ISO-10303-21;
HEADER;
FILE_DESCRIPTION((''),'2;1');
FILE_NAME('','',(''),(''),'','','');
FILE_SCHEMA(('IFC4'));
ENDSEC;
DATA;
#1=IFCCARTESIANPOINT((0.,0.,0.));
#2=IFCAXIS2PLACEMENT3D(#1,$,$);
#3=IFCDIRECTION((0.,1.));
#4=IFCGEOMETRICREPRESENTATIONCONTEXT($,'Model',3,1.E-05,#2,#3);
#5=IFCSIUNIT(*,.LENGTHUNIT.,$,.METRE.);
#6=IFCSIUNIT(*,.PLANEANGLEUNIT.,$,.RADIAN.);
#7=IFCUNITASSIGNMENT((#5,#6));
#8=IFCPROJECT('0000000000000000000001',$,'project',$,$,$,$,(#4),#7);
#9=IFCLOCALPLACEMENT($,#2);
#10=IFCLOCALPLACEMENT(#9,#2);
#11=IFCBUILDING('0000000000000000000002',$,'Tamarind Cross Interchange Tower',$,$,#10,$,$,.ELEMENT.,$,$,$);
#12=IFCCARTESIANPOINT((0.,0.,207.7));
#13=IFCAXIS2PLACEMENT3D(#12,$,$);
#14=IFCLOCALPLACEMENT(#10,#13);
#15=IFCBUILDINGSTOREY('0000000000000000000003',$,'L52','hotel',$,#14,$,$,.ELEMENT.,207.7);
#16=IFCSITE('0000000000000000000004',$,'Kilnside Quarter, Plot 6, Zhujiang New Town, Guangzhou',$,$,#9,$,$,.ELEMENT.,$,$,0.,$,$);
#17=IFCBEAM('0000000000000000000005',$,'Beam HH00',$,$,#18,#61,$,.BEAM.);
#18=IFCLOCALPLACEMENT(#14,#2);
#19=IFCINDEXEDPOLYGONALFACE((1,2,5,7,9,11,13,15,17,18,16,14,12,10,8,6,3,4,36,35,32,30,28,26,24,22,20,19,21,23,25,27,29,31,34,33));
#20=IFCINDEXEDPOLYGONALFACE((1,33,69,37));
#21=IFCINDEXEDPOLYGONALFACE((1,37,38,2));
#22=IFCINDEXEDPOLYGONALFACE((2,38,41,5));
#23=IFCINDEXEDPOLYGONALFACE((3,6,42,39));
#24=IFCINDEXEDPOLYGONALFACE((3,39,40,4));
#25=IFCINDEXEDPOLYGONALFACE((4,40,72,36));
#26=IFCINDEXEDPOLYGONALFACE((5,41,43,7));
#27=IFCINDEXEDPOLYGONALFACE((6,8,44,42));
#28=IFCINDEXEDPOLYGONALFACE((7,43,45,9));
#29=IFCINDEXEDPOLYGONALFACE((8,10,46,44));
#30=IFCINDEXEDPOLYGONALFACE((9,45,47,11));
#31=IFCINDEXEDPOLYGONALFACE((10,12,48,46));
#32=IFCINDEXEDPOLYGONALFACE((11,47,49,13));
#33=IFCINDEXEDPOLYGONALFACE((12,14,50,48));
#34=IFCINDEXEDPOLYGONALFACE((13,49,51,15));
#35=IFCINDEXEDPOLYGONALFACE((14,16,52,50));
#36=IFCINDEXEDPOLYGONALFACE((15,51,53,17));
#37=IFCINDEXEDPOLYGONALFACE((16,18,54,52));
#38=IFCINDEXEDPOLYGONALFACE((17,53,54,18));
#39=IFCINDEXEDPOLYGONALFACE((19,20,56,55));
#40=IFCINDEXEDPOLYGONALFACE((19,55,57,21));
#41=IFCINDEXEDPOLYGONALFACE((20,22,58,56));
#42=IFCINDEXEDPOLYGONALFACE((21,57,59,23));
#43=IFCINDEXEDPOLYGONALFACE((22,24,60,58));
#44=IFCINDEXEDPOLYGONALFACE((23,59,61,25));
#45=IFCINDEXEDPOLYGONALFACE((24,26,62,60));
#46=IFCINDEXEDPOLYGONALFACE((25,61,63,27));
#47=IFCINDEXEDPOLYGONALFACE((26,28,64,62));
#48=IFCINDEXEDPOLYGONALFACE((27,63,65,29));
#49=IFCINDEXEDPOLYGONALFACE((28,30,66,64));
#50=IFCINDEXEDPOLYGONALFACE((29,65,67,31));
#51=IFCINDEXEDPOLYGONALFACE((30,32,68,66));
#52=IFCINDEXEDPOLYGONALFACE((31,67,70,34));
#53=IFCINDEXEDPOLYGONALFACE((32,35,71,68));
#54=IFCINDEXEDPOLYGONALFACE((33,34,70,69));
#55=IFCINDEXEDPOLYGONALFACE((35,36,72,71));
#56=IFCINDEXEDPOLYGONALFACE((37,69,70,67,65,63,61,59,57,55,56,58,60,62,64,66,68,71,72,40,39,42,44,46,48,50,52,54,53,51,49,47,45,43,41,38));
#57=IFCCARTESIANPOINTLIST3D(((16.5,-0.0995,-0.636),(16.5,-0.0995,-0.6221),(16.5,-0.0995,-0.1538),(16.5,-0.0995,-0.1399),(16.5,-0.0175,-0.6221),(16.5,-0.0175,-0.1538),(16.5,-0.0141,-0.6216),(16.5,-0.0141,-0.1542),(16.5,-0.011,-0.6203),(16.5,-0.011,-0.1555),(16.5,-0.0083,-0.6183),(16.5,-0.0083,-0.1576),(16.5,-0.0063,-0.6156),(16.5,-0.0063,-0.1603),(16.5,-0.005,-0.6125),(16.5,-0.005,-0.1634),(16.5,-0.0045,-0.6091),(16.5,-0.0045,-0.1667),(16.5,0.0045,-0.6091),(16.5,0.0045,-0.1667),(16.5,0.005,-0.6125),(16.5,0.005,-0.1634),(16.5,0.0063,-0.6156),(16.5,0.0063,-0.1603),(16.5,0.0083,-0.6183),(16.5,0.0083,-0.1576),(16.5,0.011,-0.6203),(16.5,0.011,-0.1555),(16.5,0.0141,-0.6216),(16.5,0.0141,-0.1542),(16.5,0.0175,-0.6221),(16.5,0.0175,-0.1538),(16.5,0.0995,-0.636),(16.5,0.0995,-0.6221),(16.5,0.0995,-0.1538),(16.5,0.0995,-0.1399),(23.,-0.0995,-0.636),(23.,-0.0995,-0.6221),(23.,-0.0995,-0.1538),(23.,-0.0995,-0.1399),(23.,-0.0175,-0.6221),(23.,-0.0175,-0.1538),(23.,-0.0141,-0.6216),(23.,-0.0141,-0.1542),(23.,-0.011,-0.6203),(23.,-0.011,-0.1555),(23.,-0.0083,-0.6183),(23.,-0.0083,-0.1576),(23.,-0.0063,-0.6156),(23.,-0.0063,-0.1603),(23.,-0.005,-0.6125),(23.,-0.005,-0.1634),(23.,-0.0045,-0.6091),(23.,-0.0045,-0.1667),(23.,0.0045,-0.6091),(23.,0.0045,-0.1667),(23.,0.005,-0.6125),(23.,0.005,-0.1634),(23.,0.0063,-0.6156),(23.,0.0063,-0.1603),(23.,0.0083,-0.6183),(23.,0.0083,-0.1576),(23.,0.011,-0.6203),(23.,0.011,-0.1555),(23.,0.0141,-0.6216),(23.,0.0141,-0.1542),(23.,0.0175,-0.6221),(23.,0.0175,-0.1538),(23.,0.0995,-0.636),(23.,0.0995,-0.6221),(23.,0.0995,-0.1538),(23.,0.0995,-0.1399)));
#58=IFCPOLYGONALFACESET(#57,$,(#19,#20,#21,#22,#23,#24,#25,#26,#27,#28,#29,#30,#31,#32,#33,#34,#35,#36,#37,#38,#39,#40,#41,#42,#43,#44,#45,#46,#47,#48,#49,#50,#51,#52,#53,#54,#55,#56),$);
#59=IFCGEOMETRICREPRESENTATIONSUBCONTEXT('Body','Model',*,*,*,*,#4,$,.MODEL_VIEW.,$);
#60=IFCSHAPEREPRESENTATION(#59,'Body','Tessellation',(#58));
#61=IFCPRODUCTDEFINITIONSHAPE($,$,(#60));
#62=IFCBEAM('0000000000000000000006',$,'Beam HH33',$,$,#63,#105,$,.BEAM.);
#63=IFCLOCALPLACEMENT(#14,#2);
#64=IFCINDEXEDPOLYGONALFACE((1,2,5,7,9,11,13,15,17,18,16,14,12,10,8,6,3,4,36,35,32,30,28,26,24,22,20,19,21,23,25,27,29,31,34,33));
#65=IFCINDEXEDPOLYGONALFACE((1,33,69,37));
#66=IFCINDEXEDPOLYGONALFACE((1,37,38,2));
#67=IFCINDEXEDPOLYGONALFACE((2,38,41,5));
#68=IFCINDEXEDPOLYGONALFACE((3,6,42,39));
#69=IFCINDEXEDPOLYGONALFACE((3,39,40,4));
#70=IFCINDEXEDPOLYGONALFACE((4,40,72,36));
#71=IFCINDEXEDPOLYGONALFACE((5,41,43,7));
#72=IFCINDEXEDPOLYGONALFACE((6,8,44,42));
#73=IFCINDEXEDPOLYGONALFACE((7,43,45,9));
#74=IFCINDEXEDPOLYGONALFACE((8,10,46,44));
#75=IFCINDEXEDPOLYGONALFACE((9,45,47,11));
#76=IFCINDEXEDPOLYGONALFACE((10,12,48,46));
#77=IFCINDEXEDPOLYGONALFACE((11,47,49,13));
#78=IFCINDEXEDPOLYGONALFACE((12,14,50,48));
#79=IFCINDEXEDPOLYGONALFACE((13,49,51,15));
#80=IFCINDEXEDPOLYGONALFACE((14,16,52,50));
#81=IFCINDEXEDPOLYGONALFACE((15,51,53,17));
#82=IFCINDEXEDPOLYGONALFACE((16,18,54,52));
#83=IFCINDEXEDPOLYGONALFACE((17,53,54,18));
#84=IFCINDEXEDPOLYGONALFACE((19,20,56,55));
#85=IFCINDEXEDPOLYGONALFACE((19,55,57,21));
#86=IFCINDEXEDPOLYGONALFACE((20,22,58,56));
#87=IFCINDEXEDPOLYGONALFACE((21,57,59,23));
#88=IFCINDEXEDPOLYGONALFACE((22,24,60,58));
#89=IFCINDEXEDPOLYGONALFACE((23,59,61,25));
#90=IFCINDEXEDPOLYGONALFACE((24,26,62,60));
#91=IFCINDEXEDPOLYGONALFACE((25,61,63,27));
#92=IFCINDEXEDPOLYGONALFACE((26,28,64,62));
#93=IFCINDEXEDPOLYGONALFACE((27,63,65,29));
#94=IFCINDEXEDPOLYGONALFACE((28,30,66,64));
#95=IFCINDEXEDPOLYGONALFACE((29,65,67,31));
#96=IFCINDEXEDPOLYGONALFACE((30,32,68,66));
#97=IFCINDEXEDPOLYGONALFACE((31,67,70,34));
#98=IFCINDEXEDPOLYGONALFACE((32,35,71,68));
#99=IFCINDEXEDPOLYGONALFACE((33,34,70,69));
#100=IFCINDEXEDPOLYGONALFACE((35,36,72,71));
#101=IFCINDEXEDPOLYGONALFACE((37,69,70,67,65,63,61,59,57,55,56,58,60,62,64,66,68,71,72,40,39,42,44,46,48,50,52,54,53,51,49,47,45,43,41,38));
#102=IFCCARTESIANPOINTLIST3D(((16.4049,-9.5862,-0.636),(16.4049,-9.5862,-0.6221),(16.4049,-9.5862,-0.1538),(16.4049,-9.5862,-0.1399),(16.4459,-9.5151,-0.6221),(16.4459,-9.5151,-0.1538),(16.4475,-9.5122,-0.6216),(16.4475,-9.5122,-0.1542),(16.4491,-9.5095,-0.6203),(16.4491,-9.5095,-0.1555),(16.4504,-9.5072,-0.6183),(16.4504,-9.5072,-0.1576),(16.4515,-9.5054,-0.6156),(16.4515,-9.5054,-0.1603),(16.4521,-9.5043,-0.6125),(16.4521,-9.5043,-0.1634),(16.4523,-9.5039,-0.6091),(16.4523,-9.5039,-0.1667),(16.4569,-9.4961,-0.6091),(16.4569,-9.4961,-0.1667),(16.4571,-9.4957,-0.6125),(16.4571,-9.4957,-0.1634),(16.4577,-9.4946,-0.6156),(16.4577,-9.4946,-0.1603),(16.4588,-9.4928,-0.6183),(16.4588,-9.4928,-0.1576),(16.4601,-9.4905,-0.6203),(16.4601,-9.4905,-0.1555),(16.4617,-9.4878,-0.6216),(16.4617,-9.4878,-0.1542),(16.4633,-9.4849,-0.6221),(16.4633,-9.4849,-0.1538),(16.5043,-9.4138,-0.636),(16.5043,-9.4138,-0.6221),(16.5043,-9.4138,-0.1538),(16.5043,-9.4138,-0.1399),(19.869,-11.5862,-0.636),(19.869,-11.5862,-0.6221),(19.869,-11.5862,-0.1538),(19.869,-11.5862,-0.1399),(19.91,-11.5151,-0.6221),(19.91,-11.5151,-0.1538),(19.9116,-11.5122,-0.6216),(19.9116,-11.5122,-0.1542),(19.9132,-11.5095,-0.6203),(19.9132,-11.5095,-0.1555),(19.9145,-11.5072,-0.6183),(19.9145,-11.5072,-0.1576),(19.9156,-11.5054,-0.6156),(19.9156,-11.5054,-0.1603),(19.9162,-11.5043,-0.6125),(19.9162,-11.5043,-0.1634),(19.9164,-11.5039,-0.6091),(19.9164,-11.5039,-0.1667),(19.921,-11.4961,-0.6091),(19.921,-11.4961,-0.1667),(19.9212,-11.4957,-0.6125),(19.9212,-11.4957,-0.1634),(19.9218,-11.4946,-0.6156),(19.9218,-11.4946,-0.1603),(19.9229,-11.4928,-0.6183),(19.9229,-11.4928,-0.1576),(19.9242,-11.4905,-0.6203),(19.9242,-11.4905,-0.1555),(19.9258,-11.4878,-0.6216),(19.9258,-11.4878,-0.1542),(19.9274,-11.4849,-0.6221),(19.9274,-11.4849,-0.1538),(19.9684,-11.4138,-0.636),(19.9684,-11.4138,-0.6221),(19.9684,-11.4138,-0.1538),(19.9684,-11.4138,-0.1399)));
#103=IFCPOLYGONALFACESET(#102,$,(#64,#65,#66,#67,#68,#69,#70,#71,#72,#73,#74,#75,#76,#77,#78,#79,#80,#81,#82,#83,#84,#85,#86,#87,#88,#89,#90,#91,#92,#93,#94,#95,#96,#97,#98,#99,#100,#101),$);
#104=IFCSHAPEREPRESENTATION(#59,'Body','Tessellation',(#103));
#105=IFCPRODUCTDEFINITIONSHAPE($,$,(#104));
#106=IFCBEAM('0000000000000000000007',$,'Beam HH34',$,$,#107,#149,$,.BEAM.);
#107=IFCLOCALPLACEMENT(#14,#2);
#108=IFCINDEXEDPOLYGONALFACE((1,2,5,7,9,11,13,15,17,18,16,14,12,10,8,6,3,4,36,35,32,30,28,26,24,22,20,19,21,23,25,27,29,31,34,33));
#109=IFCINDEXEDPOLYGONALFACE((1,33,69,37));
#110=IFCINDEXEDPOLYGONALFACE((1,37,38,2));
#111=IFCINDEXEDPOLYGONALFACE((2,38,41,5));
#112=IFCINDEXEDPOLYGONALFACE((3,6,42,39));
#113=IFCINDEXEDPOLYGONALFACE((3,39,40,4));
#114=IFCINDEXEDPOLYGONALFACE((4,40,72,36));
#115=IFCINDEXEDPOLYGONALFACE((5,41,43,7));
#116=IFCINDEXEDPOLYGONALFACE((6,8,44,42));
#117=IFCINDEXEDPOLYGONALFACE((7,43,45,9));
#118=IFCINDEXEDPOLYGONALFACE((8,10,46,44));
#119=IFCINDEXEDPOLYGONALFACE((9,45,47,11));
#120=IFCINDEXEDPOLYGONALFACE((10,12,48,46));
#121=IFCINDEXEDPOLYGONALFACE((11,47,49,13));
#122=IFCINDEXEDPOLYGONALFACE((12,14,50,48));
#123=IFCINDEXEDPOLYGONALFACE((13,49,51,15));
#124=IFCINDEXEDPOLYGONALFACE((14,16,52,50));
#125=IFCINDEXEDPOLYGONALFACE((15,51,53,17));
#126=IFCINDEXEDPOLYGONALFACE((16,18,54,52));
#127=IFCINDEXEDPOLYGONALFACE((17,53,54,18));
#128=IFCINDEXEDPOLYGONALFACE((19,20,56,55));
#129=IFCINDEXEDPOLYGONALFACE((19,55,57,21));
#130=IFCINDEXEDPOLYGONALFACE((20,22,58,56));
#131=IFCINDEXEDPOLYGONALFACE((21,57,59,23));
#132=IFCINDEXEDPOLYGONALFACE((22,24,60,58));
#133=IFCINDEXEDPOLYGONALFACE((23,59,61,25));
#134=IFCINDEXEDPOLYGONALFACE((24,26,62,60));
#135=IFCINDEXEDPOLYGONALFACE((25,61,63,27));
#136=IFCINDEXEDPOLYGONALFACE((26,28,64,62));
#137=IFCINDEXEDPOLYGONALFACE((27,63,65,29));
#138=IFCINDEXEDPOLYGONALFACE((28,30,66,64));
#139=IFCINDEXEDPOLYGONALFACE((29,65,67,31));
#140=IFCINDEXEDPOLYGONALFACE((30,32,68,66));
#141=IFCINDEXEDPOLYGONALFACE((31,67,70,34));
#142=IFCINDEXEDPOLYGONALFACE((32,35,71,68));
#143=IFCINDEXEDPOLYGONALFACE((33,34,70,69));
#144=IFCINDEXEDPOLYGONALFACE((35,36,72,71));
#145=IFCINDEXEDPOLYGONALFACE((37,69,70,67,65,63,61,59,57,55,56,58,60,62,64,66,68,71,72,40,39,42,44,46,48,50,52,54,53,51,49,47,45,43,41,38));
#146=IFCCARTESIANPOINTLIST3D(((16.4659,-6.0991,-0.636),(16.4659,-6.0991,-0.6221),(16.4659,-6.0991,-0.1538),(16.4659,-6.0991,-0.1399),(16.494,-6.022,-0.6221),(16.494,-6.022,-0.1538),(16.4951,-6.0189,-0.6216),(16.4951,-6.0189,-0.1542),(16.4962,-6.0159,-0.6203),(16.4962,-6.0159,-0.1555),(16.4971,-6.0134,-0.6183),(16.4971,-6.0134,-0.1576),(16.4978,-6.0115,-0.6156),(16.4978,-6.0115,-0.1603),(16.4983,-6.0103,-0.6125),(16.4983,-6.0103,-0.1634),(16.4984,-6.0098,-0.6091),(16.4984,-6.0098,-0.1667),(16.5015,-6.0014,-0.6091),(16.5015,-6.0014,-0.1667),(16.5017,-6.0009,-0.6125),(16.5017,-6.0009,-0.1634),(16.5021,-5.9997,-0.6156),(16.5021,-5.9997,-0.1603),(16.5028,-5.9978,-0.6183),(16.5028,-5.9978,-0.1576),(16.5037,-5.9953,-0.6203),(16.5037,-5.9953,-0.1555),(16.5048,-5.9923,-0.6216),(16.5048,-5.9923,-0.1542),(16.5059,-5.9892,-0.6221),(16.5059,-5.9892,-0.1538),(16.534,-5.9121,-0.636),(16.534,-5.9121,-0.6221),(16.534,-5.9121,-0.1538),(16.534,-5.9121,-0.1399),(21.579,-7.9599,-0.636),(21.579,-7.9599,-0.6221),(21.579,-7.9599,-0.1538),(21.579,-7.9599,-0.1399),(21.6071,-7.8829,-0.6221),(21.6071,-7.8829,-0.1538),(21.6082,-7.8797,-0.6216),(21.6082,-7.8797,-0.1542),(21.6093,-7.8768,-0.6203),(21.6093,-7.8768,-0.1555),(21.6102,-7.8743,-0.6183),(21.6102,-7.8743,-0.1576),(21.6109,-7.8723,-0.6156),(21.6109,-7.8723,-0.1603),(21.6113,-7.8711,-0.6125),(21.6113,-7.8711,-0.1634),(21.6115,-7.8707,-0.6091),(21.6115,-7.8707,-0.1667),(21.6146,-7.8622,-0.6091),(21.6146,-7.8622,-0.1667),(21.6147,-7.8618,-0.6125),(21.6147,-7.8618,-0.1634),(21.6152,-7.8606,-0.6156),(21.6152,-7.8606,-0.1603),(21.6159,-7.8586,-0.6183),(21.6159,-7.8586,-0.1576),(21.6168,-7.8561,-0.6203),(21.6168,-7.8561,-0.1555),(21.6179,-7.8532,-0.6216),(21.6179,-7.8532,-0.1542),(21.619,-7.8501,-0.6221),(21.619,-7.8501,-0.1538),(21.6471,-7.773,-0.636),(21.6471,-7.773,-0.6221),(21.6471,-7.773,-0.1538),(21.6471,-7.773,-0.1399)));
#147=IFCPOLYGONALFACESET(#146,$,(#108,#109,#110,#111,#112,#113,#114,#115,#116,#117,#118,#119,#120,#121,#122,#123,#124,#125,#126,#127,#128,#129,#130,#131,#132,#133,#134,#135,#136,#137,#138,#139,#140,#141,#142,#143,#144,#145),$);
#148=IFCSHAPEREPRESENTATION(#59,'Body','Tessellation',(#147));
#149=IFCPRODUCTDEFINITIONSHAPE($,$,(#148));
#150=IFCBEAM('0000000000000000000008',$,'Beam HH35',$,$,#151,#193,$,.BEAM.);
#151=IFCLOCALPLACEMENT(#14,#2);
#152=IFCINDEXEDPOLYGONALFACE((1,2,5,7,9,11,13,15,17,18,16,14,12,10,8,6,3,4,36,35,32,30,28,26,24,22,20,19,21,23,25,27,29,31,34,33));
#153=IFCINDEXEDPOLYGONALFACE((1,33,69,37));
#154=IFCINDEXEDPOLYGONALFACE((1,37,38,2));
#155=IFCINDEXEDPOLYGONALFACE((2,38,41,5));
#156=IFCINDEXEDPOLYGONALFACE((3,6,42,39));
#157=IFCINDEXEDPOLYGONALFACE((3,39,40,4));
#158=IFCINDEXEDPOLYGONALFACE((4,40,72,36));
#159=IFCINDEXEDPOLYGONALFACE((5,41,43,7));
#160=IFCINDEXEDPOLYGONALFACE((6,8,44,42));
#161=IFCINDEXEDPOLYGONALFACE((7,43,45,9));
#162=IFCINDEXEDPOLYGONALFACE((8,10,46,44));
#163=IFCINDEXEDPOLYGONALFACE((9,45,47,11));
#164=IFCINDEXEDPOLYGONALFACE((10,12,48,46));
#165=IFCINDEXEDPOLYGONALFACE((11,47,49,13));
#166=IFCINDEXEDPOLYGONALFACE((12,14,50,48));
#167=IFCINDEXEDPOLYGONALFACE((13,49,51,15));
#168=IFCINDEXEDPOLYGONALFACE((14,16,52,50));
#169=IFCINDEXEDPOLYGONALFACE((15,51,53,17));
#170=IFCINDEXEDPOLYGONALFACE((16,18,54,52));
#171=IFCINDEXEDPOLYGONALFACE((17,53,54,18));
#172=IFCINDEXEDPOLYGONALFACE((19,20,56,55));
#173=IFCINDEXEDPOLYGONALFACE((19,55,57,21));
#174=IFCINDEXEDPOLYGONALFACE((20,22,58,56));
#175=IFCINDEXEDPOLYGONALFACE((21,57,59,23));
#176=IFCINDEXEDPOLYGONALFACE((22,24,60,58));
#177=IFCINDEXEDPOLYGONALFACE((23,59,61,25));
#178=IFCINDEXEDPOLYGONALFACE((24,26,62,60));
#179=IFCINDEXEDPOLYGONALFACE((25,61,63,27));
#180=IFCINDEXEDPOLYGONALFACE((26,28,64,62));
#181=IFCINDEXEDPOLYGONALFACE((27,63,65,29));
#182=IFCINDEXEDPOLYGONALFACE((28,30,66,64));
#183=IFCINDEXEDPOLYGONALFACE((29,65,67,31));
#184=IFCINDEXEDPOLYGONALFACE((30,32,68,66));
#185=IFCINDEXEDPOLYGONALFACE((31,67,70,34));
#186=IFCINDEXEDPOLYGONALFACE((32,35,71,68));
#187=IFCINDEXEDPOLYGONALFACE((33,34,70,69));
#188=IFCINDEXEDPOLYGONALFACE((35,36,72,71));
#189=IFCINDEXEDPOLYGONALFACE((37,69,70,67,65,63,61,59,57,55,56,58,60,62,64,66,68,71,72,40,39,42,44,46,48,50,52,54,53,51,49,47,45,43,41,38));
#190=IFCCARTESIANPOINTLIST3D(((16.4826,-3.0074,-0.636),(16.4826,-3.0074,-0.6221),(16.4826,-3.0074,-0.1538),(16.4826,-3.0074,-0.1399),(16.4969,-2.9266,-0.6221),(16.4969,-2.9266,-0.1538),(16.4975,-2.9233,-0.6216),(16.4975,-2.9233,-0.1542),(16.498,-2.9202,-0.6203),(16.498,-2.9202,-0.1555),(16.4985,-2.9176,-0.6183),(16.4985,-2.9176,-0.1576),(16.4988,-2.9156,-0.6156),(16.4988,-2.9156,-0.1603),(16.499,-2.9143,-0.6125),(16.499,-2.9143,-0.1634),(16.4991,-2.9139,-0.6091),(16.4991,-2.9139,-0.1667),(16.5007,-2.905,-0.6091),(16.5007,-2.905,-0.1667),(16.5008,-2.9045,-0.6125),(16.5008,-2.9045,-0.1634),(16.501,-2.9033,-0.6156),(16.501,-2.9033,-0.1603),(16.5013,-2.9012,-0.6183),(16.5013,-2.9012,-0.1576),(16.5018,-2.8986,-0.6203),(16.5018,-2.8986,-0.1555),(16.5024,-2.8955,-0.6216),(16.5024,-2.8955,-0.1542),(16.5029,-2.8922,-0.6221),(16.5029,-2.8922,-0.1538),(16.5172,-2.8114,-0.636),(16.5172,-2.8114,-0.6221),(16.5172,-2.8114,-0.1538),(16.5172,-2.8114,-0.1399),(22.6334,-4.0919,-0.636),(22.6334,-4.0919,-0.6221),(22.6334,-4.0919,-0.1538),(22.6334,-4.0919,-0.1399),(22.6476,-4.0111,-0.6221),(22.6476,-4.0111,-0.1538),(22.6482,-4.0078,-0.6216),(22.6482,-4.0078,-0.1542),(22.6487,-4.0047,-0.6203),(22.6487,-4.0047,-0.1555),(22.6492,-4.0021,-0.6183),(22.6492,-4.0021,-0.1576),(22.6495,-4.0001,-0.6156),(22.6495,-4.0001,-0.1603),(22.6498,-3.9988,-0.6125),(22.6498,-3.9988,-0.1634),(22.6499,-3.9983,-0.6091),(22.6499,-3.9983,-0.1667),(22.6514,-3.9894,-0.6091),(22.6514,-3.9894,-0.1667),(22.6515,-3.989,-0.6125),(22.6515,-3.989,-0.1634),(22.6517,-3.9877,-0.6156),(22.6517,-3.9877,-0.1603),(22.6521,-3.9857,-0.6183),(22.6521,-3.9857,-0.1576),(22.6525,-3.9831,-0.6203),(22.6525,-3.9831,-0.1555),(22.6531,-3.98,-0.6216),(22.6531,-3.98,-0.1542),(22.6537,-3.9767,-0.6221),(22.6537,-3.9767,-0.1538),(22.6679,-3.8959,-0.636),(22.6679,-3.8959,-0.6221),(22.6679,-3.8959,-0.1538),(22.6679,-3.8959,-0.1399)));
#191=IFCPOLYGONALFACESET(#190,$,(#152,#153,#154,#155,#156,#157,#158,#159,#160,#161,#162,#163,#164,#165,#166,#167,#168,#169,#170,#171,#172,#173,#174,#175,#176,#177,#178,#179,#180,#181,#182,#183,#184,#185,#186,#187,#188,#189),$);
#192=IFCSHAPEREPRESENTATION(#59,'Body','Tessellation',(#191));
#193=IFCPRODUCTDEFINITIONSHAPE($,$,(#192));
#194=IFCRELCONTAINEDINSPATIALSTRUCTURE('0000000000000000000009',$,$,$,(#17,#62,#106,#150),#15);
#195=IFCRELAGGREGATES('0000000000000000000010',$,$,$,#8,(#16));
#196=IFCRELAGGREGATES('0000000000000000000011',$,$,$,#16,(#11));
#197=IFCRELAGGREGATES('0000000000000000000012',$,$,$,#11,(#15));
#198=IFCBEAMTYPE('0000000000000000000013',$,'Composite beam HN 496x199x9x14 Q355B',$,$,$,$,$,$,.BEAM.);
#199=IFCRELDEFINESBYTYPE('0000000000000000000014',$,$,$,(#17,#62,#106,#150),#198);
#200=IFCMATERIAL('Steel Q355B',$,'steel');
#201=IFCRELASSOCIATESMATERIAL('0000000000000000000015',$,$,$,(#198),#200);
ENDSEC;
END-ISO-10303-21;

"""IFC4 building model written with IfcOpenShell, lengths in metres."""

from ifc_helpers import new_model, si_unit, direction, frame, origin, origin_2d, place, context, subcontext, project, spatial, i_section, extrude, material, material_profile, profile_set, type_object, element, save


model = new_model("IFC4")

# Units and contexts
model_context = context("Model", 3, precision=1e-05, world=origin(), true_north=direction((0.0, 1.0)))
body_context = subcontext(model_context, "Body", "Model", "MODEL_VIEW")
ifc_project = project(units=[si_unit("LENGTHUNIT", "METRE"), si_unit("PLANEANGLEUNIT", "RADIAN")], contexts=[model_context])

# Site, building, storey
site_placement = place(None, origin())
site = spatial("IfcSite", under=ifc_project, at=site_placement, Name="Kilnside Quarter, Plot 6, Zhujiang New Town, Guangzhou", CompositionType="ELEMENT", RefElevation=0.0)
building_placement = place(site_placement, origin())
building = spatial("IfcBuilding", under=site, at=building_placement, Name="Tamarind Cross Interchange Tower", CompositionType="ELEMENT")
storey_placement = place(building_placement, frame((0.0, 0.0, 207.7)))
storey = spatial("IfcBuildingStorey", under=building, at=storey_placement, Name="L52", Description="hotel", CompositionType="ELEMENT", Elevation=207.7)

# Beams
ifc_material_1 = material(Name="Steel Q355B", Category="steel")
ifc_material_profile_1 = material_profile(ifc_material_1, i_section(OverallWidth=0.199, OverallDepth=0.4961, WebThickness=0.009, FlangeThickness=0.0139, FilletRadius=0.0129, at=origin_2d()), Name="HN 496x199x9x14")
ifc_profile_set_1 = profile_set([ifc_material_profile_1], Name="Steel Q355B")
beam_type = type_object("IfcBeamType", Name="Composite beam HN 496x199x9x14 Q355B", PredefinedType="BEAM", material=ifc_profile_set_1)
beam_1_placement = place(storey_placement, frame((23.0, 0.0, -0.3879), z_axis=(-1.0, 0.0, 0.0), x_axis=(0.0, -1.0, 0.0)))
element("IfcBeam", 1, at=beam_1_placement, inside=storey, type_object=beam_type, Name="Beam HH00", PredefinedType="BEAM", context=body_context, shape_type="SweptSolid", body=[
    extrude(i_section(OverallWidth=0.199, OverallDepth=0.4961, WebThickness=0.009, FlangeThickness=0.0139, FilletRadius=0.0129, at=origin_2d()), origin(), (0.0, 0.0, 1.0), 6.5),
])
beam_2_placement = place(storey_placement, frame((19.9187, -11.5, -0.3879), z_axis=(-0.866026, 0.499999, 0.0), x_axis=(-0.499999, -0.866026, 0.0)))
element("IfcBeam", 2, at=beam_2_placement, inside=storey, type_object=beam_type, Name="Beam HH33", PredefinedType="BEAM", context=body_context, shape_type="SweptSolid", body=[
    extrude(i_section(OverallWidth=0.199, OverallDepth=0.4961, WebThickness=0.009, FlangeThickness=0.0139, FilletRadius=0.0129, at=origin_2d()), origin(), (0.0, 0.0, 1.0), 4.0),
])
beam_3_placement = place(storey_placement, frame((21.613, -7.8665, -0.3879), z_axis=(-0.939702, 0.341995, 0.0), x_axis=(-0.341995, -0.939702, 0.0)))
element("IfcBeam", 3, at=beam_3_placement, inside=storey, type_object=beam_type, Name="Beam HH34", PredefinedType="BEAM", context=body_context, shape_type="SweptSolid", body=[
    extrude(i_section(OverallWidth=0.199, OverallDepth=0.4961, WebThickness=0.009, FlangeThickness=0.0139, FilletRadius=0.0129, at=origin_2d()), origin(), (0.0, 0.0, 1.0), 5.4412),
])
beam_4_placement = place(storey_placement, frame((22.6506, -3.9939, -0.3879), z_axis=(-0.984809, 0.17364, 0.0), x_axis=(-0.17364, -0.984809, 0.0)))
element("IfcBeam", 4, at=beam_4_placement, inside=storey, type_object=beam_type, Name="Beam HH35", PredefinedType="BEAM", context=body_context, shape_type="SweptSolid", body=[
    extrude(i_section(OverallWidth=0.199, OverallDepth=0.4961, WebThickness=0.009, FlangeThickness=0.0139, FilletRadius=0.0129, at=origin_2d()), origin(), (0.0, 0.0, 1.0), 6.2456),
])

save(model, "model.ifc")
